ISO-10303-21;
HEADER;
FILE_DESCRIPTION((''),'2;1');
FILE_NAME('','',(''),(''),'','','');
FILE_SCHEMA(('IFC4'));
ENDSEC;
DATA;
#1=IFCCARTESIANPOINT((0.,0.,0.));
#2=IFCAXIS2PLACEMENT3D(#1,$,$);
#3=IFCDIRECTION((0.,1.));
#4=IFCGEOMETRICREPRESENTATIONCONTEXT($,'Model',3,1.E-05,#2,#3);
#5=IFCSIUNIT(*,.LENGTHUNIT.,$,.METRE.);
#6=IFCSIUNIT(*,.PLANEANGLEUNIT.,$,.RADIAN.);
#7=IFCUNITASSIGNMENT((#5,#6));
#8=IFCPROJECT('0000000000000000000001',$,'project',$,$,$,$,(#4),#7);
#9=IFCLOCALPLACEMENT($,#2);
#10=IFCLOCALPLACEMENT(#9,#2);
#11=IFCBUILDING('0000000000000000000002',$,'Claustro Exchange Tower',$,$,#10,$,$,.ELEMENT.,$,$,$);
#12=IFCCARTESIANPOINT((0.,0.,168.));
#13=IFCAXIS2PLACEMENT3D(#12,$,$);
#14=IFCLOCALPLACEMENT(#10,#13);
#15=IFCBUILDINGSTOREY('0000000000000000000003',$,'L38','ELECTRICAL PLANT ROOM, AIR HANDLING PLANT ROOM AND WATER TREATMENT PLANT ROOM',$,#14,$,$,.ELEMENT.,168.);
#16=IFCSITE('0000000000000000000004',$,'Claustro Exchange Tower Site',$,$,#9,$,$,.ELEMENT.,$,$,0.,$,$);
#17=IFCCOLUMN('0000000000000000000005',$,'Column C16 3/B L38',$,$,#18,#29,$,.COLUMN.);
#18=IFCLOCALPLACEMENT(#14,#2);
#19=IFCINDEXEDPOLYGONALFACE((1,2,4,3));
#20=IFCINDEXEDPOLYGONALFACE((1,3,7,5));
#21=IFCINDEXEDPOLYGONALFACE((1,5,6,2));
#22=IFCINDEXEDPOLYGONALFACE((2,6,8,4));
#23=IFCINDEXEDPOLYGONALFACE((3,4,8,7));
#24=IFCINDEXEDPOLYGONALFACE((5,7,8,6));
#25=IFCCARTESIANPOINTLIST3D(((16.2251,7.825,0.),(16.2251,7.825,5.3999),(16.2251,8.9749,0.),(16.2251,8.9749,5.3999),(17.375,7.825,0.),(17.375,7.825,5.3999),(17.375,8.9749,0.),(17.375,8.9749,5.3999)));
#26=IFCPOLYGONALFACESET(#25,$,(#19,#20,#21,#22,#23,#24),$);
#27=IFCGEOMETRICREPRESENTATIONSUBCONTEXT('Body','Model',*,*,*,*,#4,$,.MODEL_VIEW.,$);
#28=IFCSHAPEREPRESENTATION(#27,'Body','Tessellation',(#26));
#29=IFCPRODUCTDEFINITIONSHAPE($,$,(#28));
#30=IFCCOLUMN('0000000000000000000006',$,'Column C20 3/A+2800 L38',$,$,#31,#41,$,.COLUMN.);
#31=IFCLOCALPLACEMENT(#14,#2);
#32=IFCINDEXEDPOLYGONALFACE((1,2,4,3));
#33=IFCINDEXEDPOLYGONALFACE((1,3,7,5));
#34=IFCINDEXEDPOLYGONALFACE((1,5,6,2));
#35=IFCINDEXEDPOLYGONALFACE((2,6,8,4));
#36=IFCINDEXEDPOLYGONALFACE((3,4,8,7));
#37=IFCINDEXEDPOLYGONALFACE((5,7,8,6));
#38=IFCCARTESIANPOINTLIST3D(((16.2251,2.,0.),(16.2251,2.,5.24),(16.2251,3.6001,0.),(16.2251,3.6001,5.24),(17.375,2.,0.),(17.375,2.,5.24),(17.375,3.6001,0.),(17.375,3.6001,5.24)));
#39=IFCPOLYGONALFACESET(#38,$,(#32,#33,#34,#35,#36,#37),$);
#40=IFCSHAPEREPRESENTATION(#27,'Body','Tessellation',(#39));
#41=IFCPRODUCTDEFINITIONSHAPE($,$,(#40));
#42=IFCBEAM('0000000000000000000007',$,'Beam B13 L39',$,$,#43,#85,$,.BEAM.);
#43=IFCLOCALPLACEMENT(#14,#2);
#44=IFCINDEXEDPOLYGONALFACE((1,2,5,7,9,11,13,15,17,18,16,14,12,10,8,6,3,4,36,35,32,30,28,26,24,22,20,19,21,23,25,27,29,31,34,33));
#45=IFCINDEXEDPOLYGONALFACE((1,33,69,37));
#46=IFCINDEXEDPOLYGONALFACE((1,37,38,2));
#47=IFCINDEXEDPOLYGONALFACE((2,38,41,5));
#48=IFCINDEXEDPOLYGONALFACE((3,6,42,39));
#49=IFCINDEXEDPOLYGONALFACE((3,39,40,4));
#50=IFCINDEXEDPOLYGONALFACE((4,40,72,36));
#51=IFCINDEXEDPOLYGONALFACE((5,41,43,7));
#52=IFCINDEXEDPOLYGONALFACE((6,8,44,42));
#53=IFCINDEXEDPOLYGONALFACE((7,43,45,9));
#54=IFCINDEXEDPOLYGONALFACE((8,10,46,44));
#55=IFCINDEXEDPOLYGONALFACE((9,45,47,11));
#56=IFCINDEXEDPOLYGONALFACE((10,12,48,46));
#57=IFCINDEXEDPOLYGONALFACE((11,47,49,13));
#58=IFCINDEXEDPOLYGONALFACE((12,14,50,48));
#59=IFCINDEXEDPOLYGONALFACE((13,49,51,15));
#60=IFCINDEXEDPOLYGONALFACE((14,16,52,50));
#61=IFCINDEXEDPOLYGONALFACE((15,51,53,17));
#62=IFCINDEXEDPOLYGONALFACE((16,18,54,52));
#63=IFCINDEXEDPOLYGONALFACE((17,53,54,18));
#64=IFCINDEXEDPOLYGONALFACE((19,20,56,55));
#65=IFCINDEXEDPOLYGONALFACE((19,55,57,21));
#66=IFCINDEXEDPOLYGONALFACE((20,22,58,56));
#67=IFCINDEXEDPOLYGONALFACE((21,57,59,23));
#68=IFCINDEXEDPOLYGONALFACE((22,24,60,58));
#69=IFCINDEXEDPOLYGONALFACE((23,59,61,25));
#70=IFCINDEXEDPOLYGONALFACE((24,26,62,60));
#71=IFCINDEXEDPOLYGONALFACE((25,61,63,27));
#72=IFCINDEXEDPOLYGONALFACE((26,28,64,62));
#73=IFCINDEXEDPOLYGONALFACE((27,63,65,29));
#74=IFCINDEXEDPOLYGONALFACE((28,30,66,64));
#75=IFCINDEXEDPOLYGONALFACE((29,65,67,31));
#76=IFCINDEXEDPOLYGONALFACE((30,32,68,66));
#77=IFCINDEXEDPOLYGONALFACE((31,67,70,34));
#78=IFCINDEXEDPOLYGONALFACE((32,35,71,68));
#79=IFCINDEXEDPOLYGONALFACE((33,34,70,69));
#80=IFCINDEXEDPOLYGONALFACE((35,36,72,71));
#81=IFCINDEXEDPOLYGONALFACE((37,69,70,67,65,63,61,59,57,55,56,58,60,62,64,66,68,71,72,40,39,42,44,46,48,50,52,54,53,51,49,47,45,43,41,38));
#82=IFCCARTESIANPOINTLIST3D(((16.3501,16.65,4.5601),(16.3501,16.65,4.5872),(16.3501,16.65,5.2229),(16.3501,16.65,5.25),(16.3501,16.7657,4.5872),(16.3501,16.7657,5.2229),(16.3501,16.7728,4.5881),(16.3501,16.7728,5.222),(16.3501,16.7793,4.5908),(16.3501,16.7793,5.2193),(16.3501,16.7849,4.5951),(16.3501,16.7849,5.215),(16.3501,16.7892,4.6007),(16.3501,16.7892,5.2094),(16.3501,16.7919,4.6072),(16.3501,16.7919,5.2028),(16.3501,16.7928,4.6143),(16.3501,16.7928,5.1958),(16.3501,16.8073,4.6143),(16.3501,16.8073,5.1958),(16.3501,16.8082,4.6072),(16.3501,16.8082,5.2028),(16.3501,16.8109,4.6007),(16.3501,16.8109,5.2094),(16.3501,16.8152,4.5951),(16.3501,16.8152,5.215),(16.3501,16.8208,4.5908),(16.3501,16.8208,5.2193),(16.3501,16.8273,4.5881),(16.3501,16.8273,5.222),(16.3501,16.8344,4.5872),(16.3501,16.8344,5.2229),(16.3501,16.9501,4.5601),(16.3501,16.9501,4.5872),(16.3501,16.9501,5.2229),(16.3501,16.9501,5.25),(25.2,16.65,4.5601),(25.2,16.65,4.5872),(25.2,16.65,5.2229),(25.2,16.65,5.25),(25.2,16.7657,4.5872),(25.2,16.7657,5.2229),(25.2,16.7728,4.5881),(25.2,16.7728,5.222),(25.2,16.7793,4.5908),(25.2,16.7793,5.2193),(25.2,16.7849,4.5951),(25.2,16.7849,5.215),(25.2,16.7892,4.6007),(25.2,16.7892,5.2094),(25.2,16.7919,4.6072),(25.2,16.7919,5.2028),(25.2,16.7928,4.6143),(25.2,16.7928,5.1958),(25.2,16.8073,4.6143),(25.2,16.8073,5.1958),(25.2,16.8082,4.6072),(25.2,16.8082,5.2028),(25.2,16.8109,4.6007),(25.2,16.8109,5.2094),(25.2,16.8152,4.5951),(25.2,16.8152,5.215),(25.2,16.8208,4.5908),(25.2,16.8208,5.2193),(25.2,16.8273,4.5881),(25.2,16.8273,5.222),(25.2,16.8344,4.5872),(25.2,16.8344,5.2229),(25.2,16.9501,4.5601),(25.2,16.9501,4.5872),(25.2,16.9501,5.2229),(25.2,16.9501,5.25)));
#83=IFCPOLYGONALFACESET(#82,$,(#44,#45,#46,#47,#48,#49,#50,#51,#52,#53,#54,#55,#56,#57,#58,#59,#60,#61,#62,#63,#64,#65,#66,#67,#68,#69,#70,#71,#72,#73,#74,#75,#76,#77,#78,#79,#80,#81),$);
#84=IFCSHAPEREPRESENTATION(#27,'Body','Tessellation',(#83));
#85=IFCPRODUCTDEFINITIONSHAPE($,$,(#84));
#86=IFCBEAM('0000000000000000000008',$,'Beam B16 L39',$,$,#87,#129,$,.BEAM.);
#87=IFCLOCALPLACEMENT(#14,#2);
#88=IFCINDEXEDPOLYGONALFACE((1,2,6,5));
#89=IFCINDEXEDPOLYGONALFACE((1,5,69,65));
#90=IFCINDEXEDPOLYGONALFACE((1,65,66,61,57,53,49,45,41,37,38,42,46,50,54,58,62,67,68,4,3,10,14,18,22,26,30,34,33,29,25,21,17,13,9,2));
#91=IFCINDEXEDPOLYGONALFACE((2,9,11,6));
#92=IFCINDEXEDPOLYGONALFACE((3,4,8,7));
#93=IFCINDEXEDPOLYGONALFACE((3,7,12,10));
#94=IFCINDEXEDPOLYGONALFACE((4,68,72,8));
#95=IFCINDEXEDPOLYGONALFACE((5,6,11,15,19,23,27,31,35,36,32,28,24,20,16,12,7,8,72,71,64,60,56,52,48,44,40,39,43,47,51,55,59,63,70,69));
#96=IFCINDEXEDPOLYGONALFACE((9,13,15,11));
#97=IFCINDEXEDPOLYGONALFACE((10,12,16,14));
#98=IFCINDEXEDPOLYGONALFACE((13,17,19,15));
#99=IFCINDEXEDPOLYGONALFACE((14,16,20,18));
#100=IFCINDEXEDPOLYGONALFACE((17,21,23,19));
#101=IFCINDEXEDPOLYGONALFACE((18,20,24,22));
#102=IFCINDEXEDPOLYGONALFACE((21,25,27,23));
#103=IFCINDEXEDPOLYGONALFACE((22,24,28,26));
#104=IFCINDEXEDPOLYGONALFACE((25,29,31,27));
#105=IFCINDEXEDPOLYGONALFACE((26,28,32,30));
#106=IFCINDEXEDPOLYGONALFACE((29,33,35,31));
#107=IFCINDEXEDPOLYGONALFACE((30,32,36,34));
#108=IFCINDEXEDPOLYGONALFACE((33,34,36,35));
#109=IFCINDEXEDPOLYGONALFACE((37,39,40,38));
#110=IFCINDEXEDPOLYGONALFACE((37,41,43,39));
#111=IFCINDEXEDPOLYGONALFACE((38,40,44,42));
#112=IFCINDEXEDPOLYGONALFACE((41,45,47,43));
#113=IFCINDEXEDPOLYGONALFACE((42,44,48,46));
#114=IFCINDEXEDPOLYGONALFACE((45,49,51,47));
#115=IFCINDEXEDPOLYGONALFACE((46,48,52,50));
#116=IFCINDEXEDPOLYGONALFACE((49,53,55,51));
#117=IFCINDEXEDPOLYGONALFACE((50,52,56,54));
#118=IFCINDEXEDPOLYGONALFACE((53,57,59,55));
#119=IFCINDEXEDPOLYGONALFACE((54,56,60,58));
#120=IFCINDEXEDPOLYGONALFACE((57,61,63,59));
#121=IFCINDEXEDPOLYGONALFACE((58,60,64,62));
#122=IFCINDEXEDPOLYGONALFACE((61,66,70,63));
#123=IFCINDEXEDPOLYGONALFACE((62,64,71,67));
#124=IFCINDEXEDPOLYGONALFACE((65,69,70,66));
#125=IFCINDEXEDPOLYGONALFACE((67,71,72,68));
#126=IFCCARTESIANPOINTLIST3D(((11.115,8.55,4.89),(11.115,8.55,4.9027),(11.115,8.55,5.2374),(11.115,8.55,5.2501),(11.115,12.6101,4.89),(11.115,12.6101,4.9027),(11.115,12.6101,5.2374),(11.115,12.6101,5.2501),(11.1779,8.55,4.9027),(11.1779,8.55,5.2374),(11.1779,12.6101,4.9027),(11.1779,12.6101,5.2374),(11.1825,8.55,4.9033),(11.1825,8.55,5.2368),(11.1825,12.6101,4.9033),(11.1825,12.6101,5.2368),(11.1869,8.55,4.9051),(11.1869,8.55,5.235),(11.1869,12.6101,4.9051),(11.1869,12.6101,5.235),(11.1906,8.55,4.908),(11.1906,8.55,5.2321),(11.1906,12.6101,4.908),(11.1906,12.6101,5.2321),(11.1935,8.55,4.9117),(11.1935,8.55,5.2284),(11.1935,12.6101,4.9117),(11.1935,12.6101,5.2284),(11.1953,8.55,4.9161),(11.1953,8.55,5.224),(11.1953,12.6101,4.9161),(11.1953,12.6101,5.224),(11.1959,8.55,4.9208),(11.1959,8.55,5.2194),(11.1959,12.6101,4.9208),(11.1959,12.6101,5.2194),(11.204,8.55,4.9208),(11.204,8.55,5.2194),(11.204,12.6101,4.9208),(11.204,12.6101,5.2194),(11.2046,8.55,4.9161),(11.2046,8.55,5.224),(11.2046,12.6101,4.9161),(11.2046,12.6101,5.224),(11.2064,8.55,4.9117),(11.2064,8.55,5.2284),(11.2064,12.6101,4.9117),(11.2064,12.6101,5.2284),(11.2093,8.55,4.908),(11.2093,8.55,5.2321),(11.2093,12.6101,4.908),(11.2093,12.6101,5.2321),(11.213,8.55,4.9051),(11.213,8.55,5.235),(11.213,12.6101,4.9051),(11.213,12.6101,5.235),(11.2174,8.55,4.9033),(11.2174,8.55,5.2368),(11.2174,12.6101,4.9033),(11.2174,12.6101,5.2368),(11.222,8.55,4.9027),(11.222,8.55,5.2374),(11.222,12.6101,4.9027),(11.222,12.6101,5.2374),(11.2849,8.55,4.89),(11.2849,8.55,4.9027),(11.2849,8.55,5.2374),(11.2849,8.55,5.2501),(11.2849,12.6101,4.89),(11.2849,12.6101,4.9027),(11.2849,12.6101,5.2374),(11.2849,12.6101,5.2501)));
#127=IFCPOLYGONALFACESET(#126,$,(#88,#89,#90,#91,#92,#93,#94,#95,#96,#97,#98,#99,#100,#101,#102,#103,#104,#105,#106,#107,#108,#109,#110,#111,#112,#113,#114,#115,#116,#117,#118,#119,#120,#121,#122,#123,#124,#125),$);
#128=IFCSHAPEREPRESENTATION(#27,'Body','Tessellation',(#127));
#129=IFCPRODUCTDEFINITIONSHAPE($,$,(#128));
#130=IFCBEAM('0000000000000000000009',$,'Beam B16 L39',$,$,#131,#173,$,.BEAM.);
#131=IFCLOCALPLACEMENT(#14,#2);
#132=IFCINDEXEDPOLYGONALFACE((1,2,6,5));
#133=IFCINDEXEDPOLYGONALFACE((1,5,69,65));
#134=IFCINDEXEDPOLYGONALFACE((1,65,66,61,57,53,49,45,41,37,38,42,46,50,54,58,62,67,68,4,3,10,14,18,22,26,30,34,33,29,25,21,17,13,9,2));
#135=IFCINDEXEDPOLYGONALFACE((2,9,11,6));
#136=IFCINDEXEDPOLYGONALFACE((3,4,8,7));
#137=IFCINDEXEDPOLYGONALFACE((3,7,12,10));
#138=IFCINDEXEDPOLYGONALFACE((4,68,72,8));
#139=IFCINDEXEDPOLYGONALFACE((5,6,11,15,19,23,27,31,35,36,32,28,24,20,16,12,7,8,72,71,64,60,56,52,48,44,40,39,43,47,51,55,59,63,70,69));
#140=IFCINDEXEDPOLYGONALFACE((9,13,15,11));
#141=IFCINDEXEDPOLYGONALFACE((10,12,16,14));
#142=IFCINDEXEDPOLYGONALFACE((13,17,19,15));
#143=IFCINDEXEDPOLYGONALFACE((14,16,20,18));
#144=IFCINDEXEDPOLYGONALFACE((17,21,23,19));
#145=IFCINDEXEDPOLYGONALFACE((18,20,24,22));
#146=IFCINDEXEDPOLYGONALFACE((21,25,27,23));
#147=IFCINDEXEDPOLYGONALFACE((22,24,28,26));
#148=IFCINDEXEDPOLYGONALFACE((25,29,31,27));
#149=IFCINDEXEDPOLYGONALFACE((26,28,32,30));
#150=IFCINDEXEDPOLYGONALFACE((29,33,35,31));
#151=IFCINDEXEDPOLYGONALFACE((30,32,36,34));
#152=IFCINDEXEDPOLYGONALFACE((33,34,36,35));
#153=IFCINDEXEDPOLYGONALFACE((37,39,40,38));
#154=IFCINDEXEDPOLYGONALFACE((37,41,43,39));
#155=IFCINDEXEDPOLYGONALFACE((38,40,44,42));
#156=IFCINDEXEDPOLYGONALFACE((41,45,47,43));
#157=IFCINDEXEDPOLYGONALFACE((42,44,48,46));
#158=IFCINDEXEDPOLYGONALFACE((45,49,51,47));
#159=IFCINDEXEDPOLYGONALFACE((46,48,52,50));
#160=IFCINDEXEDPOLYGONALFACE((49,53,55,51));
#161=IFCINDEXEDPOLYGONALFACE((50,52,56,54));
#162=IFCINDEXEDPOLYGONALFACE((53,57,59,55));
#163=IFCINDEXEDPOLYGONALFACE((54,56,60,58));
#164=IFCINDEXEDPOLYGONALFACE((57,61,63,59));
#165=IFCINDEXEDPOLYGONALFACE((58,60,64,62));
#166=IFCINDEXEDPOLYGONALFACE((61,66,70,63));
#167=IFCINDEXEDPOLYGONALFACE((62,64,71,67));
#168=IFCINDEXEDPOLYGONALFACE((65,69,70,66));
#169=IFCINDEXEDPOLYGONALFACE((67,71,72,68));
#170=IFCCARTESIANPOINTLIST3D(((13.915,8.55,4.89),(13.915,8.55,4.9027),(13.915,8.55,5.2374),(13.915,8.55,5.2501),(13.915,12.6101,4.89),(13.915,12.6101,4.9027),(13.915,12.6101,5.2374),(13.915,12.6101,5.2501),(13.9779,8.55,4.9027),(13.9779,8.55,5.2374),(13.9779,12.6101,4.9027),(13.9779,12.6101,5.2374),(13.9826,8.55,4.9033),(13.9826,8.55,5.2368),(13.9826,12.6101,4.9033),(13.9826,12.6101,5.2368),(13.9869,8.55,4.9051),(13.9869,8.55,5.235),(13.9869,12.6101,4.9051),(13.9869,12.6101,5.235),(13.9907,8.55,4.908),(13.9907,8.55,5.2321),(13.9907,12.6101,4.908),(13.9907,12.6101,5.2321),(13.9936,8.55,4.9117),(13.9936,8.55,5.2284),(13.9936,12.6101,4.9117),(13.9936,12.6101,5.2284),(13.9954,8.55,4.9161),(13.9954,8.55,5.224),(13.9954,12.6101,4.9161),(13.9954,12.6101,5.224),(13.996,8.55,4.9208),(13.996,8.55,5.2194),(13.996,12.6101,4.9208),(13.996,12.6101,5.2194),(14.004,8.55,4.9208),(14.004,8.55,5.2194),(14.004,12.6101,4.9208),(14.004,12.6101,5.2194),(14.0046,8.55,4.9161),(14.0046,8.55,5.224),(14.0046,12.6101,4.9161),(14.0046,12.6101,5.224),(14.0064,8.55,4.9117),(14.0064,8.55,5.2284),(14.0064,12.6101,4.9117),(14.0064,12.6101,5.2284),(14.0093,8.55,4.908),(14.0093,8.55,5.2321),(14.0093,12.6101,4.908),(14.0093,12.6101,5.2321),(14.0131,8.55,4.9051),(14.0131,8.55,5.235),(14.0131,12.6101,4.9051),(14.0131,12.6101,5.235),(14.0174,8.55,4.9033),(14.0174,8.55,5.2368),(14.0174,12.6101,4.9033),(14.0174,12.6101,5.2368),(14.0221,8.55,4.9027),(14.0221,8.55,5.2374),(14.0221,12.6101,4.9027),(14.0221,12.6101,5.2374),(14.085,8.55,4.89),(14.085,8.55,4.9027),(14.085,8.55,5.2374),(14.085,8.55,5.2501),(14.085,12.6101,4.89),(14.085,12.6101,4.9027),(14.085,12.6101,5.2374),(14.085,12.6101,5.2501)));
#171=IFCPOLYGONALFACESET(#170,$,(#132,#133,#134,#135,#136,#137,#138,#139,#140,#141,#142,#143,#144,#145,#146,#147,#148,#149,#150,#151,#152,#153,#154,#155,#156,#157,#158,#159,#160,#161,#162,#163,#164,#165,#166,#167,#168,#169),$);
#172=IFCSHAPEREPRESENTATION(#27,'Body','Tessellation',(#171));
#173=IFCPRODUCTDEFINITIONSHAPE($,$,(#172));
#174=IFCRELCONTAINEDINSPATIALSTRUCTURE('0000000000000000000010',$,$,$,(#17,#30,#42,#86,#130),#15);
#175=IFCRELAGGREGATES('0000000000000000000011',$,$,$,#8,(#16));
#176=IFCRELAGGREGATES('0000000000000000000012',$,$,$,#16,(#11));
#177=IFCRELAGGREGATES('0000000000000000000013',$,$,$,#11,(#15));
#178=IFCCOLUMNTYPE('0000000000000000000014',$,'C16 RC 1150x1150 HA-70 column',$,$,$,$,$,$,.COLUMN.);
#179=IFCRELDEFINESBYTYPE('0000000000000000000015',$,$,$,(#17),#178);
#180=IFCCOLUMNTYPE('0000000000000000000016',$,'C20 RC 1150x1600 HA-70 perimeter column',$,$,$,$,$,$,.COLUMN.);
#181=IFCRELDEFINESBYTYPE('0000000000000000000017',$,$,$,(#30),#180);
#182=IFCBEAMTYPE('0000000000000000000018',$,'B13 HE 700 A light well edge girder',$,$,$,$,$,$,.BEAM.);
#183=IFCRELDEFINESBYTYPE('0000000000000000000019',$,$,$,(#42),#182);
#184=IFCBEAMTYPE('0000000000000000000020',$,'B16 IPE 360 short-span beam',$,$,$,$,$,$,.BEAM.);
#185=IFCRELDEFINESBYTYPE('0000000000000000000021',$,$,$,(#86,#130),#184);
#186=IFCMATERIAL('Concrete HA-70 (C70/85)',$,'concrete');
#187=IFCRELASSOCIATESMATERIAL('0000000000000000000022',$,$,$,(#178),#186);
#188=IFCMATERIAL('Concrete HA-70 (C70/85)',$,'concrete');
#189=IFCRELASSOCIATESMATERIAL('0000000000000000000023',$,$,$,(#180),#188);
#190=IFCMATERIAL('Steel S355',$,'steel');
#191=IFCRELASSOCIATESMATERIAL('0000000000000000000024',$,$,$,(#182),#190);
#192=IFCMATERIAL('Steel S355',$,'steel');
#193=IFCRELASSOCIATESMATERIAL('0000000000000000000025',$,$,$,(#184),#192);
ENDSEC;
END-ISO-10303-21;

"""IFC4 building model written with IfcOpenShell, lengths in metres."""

from ifc_helpers import new_model, si_unit, direction, frame, origin, origin_2d, place, context, subcontext, project, spatial, rectangle, i_section, extrude, material, material_profile, profile_set, type_object, element, save


model = new_model("IFC4")

# Units and contexts
model_context = context("Model", 3, precision=1e-05, world=origin(), true_north=direction((0.0, 1.0)))
body_context = subcontext(model_context, "Body", "Model", "MODEL_VIEW")
ifc_project = project(units=[si_unit("LENGTHUNIT", "METRE"), si_unit("PLANEANGLEUNIT", "RADIAN")], contexts=[model_context])

# Site, building, storey
site_placement = place(None, origin())
site = spatial("IfcSite", under=ifc_project, at=site_placement, Name="Claustro Exchange Tower Site", CompositionType="ELEMENT", RefElevation=0.0)
building_placement = place(site_placement, origin())
building = spatial("IfcBuilding", under=site, at=building_placement, Name="Claustro Exchange Tower", CompositionType="ELEMENT")
storey_placement = place(building_placement, frame((0.0, 0.0, 168.0)))
storey = spatial("IfcBuildingStorey", under=building, at=storey_placement, Name="L38", Description="ELECTRICAL PLANT ROOM, AIR HANDLING PLANT ROOM AND WATER TREATMENT PLANT ROOM", CompositionType="ELEMENT", Elevation=168.0)

# Columns
ifc_material_1 = material(Name="Concrete HA-70 (C70/85)", Category="concrete")
ifc_material_profile_1 = material_profile(ifc_material_1, rectangle(XDim=1.1499, YDim=1.1499, at=origin_2d()), Name="RC 1150x1150")
ifc_profile_set_1 = profile_set([ifc_material_profile_1], Name="Concrete HA-70 (C70/85)")
column_type_1 = type_object("IfcColumnType", Name="C16 RC 1150x1150 HA-70 column", PredefinedType="COLUMN", material=ifc_profile_set_1)
column_1_placement = place(storey_placement, frame((16.8, 8.3999, 0.0), z_axis=(0.0, 0.0, 1.0), x_axis=(1.0, 0.0, 0.0)))
element("IfcColumn", 1, at=column_1_placement, inside=storey, type_object=column_type_1, Name="Column C16 3/B L38", PredefinedType="COLUMN", context=body_context, shape_type="SweptSolid", body=[
    extrude(rectangle(XDim=1.1499, YDim=1.1499, at=origin_2d()), origin(), (0.0, 0.0, 1.0), 5.3999),
])
ifc_material_2 = material(Name="Concrete HA-70 (C70/85)", Category="concrete")
ifc_material_profile_2 = material_profile(ifc_material_2, rectangle(XDim=1.1499, YDim=1.6001, at=origin_2d()), Name="RC 1150x1600")
ifc_profile_set_2 = profile_set([ifc_material_profile_2], Name="Concrete HA-70 (C70/85)")
column_type_2 = type_object("IfcColumnType", Name="C20 RC 1150x1600 HA-70 perimeter column", PredefinedType="COLUMN", material=ifc_profile_set_2)
column_2_placement = place(storey_placement, frame((16.8, 2.8, 0.0), z_axis=(0.0, 0.0, 1.0), x_axis=(1.0, 0.0, 0.0)))
element("IfcColumn", 2, at=column_2_placement, inside=storey, type_object=column_type_2, Name="Column C20 3/A+2800 L38", PredefinedType="COLUMN", context=body_context, shape_type="SweptSolid", body=[
    extrude(rectangle(XDim=1.1499, YDim=1.6001, at=origin_2d()), origin(), (0.0, 0.0, 1.0), 5.24),
])

# Beams
ifc_material_3 = material(Name="Steel S355", Category="steel")
ifc_material_profile_3 = material_profile(ifc_material_3, i_section(OverallWidth=0.3, OverallDepth=0.6899, WebThickness=0.0144, FlangeThickness=0.0271, FilletRadius=0.0271, at=origin_2d()), Name="HE 700 A")
ifc_profile_set_3 = profile_set([ifc_material_profile_3], Name="Steel S355")
beam_type_1 = type_object("IfcBeamType", Name="B13 HE 700 A light well edge girder", PredefinedType="BEAM", material=ifc_profile_set_3)
beam_1_placement = place(storey_placement, frame((16.3501, 16.8, 4.905), z_axis=(1.0, 0.0, 0.0), x_axis=(0.0, 1.0, 0.0)))
element("IfcBeam", 3, at=beam_1_placement, inside=storey, type_object=beam_type_1, Name="Beam B13 L39", PredefinedType="BEAM", context=body_context, shape_type="SweptSolid", body=[
    extrude(i_section(OverallWidth=0.3, OverallDepth=0.6899, WebThickness=0.0144, FlangeThickness=0.0271, FilletRadius=0.0271, at=origin_2d()), origin(), (0.0, 0.0, 1.0), 8.8499),
])
ifc_material_4 = material(Name="Steel S355", Category="steel")
ifc_material_profile_4 = material_profile(ifc_material_4, i_section(OverallWidth=0.1699, OverallDepth=0.3601, WebThickness=0.0081, FlangeThickness=0.0127, FilletRadius=0.0181, at=origin_2d()), Name="IPE 360")
ifc_profile_set_4 = profile_set([ifc_material_profile_4], Name="Steel S355")
beam_type_2 = type_object("IfcBeamType", Name="B16 IPE 360 short-span beam", PredefinedType="BEAM", material=ifc_profile_set_4)
for number, where, z_axis, x_axis, name in (
    (4, (11.2, 8.55, 5.0701), (0.0, 1.0, 0.0), (-1.0, 0.0, 0.0), "Beam B16 L39"),
    (5, (14.0, 8.55, 5.0701), (0.0, 1.0, 0.0), (-1.0, 0.0, 0.0), "Beam B16 L39"),
):
    element("IfcBeam", number, at=place(storey_placement, frame(where, z_axis=z_axis, x_axis=x_axis)), inside=storey, type_object=beam_type_2, Name=name, PredefinedType="BEAM", context=body_context, shape_type="SweptSolid", body=[
        extrude(i_section(OverallWidth=0.1699, OverallDepth=0.3601, WebThickness=0.0081, FlangeThickness=0.0127, FilletRadius=0.0181, at=origin_2d()), origin(), (0.0, 0.0, 1.0), 4.0601),
    ])

save(model, "model.ifc")
